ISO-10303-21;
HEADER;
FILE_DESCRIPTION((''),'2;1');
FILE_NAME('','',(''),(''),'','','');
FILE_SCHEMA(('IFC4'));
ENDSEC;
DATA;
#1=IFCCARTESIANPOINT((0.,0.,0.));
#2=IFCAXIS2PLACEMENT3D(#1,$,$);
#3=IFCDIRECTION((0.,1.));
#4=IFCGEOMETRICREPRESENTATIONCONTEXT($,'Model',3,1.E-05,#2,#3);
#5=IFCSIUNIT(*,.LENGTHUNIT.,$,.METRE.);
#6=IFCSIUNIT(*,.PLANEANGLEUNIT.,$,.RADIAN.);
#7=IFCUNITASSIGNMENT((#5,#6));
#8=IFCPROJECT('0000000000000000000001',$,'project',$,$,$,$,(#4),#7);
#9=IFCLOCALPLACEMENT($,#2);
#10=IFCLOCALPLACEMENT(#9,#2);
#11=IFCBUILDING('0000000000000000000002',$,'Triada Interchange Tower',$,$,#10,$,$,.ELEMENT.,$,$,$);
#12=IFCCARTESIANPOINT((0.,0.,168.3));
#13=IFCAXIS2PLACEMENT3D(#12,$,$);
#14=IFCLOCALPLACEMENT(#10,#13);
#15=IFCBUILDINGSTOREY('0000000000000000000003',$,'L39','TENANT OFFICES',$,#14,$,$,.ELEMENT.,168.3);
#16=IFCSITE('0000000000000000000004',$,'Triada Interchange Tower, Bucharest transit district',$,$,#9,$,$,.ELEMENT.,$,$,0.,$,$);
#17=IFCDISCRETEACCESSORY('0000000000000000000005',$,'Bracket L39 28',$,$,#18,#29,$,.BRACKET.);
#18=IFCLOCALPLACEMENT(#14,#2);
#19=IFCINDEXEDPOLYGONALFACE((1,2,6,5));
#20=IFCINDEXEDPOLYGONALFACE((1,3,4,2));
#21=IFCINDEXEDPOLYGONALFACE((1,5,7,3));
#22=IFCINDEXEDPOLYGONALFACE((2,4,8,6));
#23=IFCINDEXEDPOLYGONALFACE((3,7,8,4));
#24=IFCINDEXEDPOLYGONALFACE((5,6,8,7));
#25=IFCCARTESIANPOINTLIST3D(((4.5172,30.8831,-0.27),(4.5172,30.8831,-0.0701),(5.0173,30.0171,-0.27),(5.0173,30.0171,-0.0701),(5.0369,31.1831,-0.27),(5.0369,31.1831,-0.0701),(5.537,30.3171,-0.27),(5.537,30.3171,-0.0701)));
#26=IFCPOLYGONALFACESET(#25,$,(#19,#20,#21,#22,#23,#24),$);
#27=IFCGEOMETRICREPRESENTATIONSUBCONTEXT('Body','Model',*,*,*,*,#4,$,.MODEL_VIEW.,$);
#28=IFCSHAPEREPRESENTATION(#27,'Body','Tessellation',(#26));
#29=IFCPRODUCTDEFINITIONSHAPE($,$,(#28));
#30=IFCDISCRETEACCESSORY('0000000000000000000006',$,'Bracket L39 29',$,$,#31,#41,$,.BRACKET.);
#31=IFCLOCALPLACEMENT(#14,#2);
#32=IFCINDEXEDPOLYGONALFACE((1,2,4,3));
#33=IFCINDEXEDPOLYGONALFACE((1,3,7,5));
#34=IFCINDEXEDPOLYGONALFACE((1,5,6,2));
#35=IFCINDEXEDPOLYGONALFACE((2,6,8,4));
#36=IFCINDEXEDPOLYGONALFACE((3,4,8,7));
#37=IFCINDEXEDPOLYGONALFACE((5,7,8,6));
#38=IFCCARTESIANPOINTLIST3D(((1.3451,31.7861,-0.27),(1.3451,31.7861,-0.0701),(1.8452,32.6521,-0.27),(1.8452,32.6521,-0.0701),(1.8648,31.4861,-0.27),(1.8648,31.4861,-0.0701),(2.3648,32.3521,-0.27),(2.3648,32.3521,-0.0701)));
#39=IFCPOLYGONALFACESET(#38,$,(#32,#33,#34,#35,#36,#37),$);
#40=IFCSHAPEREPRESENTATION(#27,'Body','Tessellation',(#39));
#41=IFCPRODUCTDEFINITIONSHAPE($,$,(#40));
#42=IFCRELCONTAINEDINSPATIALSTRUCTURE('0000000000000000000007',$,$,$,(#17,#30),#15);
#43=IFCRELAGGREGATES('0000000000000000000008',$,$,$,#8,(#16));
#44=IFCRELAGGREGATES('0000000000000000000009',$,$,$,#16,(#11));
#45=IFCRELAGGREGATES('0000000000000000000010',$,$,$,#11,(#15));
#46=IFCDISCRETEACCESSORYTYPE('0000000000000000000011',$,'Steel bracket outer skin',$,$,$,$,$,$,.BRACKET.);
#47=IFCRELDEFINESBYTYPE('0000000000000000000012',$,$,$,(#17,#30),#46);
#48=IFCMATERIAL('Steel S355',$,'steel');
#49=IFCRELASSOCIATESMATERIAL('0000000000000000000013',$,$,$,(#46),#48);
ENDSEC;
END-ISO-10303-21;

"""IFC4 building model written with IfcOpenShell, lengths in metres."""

from ifc_helpers import new_model, si_unit, direction, frame, origin, origin_2d, place, context, subcontext, project, spatial, rectangle, extrude, material, type_object, element, save


model = new_model("IFC4")

# Units and contexts
model_context = context("Model", 3, precision=1e-05, world=origin(), true_north=direction((0.0, 1.0)))
body_context = subcontext(model_context, "Body", "Model", "MODEL_VIEW")
ifc_project = project(units=[si_unit("LENGTHUNIT", "METRE"), si_unit("PLANEANGLEUNIT", "RADIAN")], contexts=[model_context])

# Site, building, storey
site_placement = place(None, origin())
site = spatial("IfcSite", under=ifc_project, at=site_placement, Name="Triada Interchange Tower, Bucharest transit district", CompositionType="ELEMENT", RefElevation=0.0)
building_placement = place(site_placement, origin())
building = spatial("IfcBuilding", under=site, at=building_placement, Name="Triada Interchange Tower", CompositionType="ELEMENT")
storey_placement = place(building_placement, frame((0.0, 0.0, 168.3)))
storey = spatial("IfcBuildingStorey", under=building, at=storey_placement, Name="L39", Description="TENANT OFFICES", CompositionType="ELEMENT", Elevation=168.3)

# Discrete accessories
ifc_material_1 = material(Name="Steel S355", Category="steel")
discrete_accessory_type = type_object("IfcDiscreteAccessoryType", Name="Steel bracket outer skin", PredefinedType="BRACKET", material=ifc_material_1)
for number, where, z_axis, x_axis, name in (
    (1, (5.0271, 30.6001, -0.27), (0.0, 0.0, 1.0), (0.866023, 0.500005, 0.0), "Bracket L39 28"),
    (2, (1.855, 32.0691, -0.27), (0.0, 0.0, 1.0), (-0.866001, 0.500043, 0.0), "Bracket L39 29"),
):
    element("IfcDiscreteAccessory", number, at=place(storey_placement, frame(where, z_axis=z_axis, x_axis=x_axis)), inside=storey, type_object=discrete_accessory_type, Name=name, PredefinedType="BRACKET", context=body_context, shape_type="SweptSolid", body=[
        extrude(rectangle(XDim=0.6001, YDim=1.0, at=origin_2d()), origin(), (0.0, 0.0, 1.0), 0.2),
    ])

save(model, "model.ifc")
